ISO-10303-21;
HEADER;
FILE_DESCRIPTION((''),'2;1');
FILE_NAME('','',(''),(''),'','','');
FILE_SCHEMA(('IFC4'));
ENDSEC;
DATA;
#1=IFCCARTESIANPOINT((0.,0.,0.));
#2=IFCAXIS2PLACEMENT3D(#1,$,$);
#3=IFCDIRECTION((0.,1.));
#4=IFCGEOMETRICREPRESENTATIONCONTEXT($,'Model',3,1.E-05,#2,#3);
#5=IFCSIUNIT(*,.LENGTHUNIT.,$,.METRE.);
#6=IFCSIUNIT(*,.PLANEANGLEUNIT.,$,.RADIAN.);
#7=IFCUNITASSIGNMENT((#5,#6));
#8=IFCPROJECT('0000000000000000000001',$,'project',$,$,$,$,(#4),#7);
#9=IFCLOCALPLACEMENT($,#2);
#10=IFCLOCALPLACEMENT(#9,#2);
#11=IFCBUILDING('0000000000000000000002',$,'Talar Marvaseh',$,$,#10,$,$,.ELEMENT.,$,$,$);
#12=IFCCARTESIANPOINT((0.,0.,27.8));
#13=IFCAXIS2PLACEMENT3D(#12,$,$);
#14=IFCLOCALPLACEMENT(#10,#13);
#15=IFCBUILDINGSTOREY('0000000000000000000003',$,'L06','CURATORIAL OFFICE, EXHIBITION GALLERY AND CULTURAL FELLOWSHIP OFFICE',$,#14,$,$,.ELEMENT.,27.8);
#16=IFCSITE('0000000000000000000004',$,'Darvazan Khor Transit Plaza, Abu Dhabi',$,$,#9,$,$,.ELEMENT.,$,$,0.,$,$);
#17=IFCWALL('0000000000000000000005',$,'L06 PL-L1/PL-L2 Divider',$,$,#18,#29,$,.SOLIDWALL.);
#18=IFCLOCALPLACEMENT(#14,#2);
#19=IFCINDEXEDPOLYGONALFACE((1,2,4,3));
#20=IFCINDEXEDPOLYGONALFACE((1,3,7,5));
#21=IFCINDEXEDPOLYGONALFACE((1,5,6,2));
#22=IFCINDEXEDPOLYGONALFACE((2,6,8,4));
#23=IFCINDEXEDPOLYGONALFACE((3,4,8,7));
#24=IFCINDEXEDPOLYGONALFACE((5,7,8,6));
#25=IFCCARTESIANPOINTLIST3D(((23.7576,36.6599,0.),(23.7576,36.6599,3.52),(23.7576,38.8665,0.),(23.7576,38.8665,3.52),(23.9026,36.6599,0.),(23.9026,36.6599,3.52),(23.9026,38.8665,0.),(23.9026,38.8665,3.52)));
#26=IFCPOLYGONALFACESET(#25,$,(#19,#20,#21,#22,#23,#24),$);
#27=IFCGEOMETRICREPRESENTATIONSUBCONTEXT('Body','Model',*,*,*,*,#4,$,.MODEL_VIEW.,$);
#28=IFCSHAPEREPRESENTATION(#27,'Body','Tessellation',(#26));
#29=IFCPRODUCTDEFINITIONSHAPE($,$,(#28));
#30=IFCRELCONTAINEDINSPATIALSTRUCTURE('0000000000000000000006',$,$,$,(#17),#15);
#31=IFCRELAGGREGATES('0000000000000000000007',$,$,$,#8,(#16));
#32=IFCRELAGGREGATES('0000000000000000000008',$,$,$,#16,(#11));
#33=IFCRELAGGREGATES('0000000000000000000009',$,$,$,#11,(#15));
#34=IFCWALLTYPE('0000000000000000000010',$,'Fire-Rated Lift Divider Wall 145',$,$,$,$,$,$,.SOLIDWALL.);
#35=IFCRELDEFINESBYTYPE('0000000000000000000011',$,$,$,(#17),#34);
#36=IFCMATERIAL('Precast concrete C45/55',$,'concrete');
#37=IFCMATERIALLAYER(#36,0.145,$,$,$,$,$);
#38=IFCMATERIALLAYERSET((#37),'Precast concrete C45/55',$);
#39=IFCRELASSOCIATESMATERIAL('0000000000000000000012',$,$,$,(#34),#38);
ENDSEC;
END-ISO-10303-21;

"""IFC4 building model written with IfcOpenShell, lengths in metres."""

from ifc_helpers import new_model, si_unit, direction, frame, frame_2d, origin, place, context, subcontext, project, spatial, rectangle, extrude, material, layer, layer_set, type_object, element, save


model = new_model("IFC4")

# Units and contexts
model_context = context("Model", 3, precision=1e-05, world=origin(), true_north=direction((0.0, 1.0)))
body_context = subcontext(model_context, "Body", "Model", "MODEL_VIEW")
ifc_project = project(units=[si_unit("LENGTHUNIT", "METRE"), si_unit("PLANEANGLEUNIT", "RADIAN")], contexts=[model_context])

# Site, building, storey
site_placement = place(None, origin())
site = spatial("IfcSite", under=ifc_project, at=site_placement, Name="Darvazan Khor Transit Plaza, Abu Dhabi", CompositionType="ELEMENT", RefElevation=0.0)
building_placement = place(site_placement, origin())
building = spatial("IfcBuilding", under=site, at=building_placement, Name="Talar Marvaseh", CompositionType="ELEMENT")
storey_placement = place(building_placement, frame((0.0, 0.0, 27.8)))
storey = spatial("IfcBuildingStorey", under=building, at=storey_placement, Name="L06", Description="CURATORIAL OFFICE, EXHIBITION GALLERY AND CULTURAL FELLOWSHIP OFFICE", CompositionType="ELEMENT", Elevation=27.8)

# Wall
ifc_material_1 = material(Name="Precast concrete C45/55", Category="concrete")
ifc_layer_1 = layer(ifc_material_1, 0.145)
ifc_layer_set_1 = layer_set([ifc_layer_1], Name="Precast concrete C45/55")
wall_type_1 = type_object("IfcWallType", Name="Fire-Rated Lift Divider Wall 145", PredefinedType="SOLIDWALL", material=ifc_layer_set_1)
wall_1_placement = place(storey_placement, frame((23.8301, 36.6599, 0.0), z_axis=(0.0, 0.0, 1.0), x_axis=(0.0, 1.0, 0.0)))
element("IfcWall", 1, at=wall_1_placement, inside=storey, type_object=wall_type_1, Name="L06 PL-L1/PL-L2 Divider", PredefinedType="SOLIDWALL", context=body_context, shape_type="SweptSolid", body=[
    extrude(rectangle(XDim=2.2065, YDim=0.145, at=frame_2d((1.1033, 0.0))), origin(), (0.0, 0.0, 1.0), 3.52),
])

save(model, "model.ifc")
